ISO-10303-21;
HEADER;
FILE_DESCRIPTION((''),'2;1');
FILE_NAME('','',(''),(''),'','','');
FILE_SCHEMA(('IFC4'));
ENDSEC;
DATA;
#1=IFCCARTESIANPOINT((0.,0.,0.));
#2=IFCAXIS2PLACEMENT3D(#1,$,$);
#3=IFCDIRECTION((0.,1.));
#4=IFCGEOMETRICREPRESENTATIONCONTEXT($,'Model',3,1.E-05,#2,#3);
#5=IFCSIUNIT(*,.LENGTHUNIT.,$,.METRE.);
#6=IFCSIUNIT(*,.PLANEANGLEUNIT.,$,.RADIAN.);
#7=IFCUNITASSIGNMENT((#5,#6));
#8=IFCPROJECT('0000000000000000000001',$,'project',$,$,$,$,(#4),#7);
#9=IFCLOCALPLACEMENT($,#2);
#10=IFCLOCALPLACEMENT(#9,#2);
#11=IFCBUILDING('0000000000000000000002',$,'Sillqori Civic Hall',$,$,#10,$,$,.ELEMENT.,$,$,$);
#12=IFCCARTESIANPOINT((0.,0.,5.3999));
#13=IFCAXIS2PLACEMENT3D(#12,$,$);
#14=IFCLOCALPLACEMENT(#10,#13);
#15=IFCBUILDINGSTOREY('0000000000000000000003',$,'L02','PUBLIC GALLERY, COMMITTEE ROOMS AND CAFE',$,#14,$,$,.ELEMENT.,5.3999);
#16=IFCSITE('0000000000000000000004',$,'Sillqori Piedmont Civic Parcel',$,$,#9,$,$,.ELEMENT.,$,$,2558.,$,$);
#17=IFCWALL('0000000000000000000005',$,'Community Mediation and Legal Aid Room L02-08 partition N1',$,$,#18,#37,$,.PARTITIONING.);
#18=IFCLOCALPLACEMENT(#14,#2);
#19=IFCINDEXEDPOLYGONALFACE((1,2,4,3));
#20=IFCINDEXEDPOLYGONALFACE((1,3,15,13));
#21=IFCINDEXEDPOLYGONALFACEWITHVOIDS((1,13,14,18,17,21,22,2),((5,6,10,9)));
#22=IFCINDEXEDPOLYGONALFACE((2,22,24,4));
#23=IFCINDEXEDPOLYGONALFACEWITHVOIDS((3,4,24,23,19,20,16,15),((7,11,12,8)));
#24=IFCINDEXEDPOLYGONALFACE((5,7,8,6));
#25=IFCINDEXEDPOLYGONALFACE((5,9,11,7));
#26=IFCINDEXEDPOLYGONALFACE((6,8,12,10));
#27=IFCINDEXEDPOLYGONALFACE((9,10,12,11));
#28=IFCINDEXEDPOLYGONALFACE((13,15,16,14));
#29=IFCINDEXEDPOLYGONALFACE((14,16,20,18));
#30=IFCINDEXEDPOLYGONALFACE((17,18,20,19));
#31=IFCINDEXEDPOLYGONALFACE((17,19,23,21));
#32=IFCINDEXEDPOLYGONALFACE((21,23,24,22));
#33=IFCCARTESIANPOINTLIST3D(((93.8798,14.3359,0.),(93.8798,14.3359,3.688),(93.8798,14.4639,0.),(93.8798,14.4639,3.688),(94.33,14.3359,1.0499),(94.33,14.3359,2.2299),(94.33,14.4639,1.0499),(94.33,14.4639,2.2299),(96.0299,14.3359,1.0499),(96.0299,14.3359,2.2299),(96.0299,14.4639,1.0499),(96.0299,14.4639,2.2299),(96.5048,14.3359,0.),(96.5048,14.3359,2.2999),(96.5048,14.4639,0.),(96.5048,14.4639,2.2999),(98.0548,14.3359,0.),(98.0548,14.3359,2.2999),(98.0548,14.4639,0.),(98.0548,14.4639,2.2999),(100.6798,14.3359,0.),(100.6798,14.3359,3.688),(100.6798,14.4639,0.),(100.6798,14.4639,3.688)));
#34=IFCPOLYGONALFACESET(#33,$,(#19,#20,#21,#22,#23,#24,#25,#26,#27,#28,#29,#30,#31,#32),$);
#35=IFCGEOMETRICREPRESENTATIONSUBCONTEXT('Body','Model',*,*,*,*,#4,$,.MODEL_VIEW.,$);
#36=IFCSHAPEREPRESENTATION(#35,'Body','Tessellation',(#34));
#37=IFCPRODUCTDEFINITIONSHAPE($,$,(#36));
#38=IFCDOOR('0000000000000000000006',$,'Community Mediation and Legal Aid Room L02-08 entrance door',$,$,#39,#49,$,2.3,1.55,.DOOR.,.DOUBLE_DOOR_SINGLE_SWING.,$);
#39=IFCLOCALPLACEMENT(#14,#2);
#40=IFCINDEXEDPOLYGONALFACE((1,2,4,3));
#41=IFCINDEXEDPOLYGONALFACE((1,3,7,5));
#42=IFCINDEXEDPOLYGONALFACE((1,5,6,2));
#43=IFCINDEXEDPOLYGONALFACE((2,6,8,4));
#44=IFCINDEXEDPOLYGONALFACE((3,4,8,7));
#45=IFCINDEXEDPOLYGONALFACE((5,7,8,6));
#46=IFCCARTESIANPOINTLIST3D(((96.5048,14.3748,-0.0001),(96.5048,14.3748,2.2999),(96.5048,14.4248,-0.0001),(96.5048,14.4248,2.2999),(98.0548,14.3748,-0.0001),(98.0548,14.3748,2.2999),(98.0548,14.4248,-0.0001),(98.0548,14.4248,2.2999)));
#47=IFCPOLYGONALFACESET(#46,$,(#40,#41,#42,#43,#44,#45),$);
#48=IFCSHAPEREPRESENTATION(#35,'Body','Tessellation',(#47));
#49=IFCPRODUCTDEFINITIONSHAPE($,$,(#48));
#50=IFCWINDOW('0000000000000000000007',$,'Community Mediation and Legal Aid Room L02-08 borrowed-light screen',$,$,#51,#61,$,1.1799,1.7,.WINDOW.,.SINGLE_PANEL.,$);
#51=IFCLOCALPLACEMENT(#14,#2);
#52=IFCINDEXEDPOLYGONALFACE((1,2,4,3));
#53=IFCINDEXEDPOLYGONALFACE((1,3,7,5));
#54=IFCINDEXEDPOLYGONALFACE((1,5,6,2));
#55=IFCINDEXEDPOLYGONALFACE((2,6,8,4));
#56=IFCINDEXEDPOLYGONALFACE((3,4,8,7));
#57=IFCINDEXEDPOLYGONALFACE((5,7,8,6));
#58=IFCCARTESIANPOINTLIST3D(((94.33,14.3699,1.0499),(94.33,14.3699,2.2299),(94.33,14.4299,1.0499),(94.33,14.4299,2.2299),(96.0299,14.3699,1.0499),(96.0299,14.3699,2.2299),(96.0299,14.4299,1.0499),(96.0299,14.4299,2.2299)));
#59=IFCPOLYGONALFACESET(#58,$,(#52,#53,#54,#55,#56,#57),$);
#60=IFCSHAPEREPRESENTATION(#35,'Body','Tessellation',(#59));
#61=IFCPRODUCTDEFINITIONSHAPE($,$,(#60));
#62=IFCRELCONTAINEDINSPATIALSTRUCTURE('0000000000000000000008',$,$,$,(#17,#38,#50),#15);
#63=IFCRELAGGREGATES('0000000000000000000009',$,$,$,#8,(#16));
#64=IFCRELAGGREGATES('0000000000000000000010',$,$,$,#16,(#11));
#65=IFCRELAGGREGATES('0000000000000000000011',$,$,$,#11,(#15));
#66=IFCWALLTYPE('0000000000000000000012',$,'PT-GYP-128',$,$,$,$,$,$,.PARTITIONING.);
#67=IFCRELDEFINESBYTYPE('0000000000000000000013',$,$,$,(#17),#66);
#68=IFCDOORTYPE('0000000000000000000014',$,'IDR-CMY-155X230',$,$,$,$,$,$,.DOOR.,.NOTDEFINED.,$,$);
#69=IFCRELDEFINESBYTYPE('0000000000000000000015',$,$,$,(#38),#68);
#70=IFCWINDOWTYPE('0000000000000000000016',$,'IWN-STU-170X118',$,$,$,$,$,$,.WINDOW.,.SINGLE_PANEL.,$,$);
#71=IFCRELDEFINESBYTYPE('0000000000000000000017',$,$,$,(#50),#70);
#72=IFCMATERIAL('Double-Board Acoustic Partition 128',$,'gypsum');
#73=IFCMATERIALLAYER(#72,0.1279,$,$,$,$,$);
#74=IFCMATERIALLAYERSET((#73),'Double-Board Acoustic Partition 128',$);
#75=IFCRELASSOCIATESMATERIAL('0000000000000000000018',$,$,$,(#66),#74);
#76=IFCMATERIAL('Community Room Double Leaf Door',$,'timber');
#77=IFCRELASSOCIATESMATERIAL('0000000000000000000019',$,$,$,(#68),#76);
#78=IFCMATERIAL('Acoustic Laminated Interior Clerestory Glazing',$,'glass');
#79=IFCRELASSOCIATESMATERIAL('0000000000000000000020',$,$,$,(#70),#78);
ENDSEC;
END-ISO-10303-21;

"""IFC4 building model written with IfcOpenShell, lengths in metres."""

from ifc_helpers import new_model, si_unit, direction, frame, frame_2d, origin, place, context, subcontext, project, spatial, rectangle, extrude, material, layer, layer_set, type_object, element, fill, save


model = new_model("IFC4")

# Units and contexts
model_context = context("Model", 3, precision=1e-05, world=origin(), true_north=direction((0.0, 1.0)))
body_context = subcontext(model_context, "Body", "Model", "MODEL_VIEW")
ifc_project = project(units=[si_unit("LENGTHUNIT", "METRE"), si_unit("PLANEANGLEUNIT", "RADIAN")], contexts=[model_context])

# Site, building, storey
site_placement = place(None, origin())
site = spatial("IfcSite", under=ifc_project, at=site_placement, Name="Sillqori Piedmont Civic Parcel", CompositionType="ELEMENT", RefElevation=2558.0)
building_placement = place(site_placement, origin())
building = spatial("IfcBuilding", under=site, at=building_placement, Name="Sillqori Civic Hall", CompositionType="ELEMENT")
storey_placement = place(building_placement, frame((0.0, 0.0, 5.3999)))
storey = spatial("IfcBuildingStorey", under=building, at=storey_placement, Name="L02", Description="PUBLIC GALLERY, COMMITTEE ROOMS AND CAFE", CompositionType="ELEMENT", Elevation=5.3999)

# Wall, openings, door, window
ifc_material_1 = material(Name="Acoustic Laminated Interior Clerestory Glazing", Category="glass")
ifc_material_2 = material(Name="Double-Board Acoustic Partition 128", Category="gypsum")
ifc_layer_1 = layer(ifc_material_2, 0.1279)
ifc_layer_set_1 = layer_set([ifc_layer_1], Name="Double-Board Acoustic Partition 128")
wall_type_1 = type_object("IfcWallType", Name="PT-GYP-128", PredefinedType="PARTITIONING", material=ifc_layer_set_1)
wall_1_placement = place(storey_placement, frame((93.8799, 14.3999, 0.0), z_axis=(0.0, 0.0, 1.0), x_axis=(1.0, 0.0, 0.0)))
wall_1 = element("IfcWall", 1, at=wall_1_placement, inside=storey, type_object=wall_type_1, Name="Community Mediation and Legal Aid Room L02-08 partition N1", PredefinedType="PARTITIONING", context=body_context, shape_type="SweptSolid", body=[
    extrude(rectangle(XDim=6.8, YDim=0.1279, at=frame_2d((3.3999, 0.0))), origin(), (0.0, 0.0, 1.0), 3.688),
])
opening_1_placement = place(wall_1_placement, frame((2.625, 0.0, 0.0)))
opening_1 = element("IfcOpeningElement", 2, at=opening_1_placement, cuts=wall_1, PredefinedType="OPENING", context=body_context, shape_type="SweptSolid", body=[
    extrude(rectangle(XDim=1.55, YDim=2.3, at=frame_2d((0.7749, 1.1499))), frame((0.0, 0.074, 0.0), z_axis=(0.0, -1.0, 0.0), x_axis=(1.0, 0.0, 0.0)), (0.0, 0.0, 1.0), 0.1479),
])
opening_2_placement = place(wall_1_placement, frame((0.45, 0.0, 1.05)))
opening_2 = element("IfcOpeningElement", 3, at=opening_2_placement, cuts=wall_1, PredefinedType="OPENING", context=body_context, shape_type="SweptSolid", body=[
    extrude(rectangle(XDim=1.7, YDim=1.1799, at=frame_2d((0.8501, 0.5898))), frame((0.0, 0.074, 0.0), z_axis=(0.0, -1.0, 0.0), x_axis=(1.0, 0.0, 0.0)), (0.0, 0.0, 1.0), 0.1479),
])
ifc_material_3 = material(Name="Community Room Double Leaf Door", Category="timber")
door_type_1 = type_object("IfcDoorType", Name="IDR-CMY-155X230", OperationType="NOTDEFINED", PredefinedType="DOOR", material=ifc_material_3)
door_1_placement = place(opening_1_placement, origin())
door_1 = element("IfcDoor", 4, at=door_1_placement, inside=storey, type_object=door_type_1, Name="Community Mediation and Legal Aid Room L02-08 entrance door", OperationType="DOUBLE_DOOR_SINGLE_SWING", OverallHeight=2.3, OverallWidth=1.55, PredefinedType="DOOR", context=body_context, shape_type="SweptSolid", body=[
    extrude(rectangle(XDim=1.55, YDim=2.3, at=frame_2d((0.7749, 1.1499))), frame((0.0, 0.0249, 0.0), z_axis=(0.0, -1.0, 0.0), x_axis=(1.0, 0.0, 0.0)), (0.0, 0.0, 1.0), 0.05),
])
fill(opening_1, door_1)
window_type_1 = type_object("IfcWindowType", Name="IWN-STU-170X118", PartitioningType="SINGLE_PANEL", PredefinedType="WINDOW", material=ifc_material_1)
window_1_placement = place(opening_2_placement, origin())
window_1 = element("IfcWindow", 5, at=window_1_placement, inside=storey, type_object=window_type_1, Name="Community Mediation and Legal Aid Room L02-08 borrowed-light screen", OverallHeight=1.1799, OverallWidth=1.7, PartitioningType="SINGLE_PANEL", PredefinedType="WINDOW", context=body_context, shape_type="SweptSolid", body=[
    extrude(rectangle(XDim=1.7, YDim=1.1799, at=frame_2d((0.8501, 0.5898))), frame((0.0, 0.03, 0.0), z_axis=(0.0, -1.0, 0.0), x_axis=(1.0, 0.0, 0.0)), (0.0, 0.0, 1.0), 0.0601),
])
fill(opening_2, window_1)

save(model, "model.ifc")
